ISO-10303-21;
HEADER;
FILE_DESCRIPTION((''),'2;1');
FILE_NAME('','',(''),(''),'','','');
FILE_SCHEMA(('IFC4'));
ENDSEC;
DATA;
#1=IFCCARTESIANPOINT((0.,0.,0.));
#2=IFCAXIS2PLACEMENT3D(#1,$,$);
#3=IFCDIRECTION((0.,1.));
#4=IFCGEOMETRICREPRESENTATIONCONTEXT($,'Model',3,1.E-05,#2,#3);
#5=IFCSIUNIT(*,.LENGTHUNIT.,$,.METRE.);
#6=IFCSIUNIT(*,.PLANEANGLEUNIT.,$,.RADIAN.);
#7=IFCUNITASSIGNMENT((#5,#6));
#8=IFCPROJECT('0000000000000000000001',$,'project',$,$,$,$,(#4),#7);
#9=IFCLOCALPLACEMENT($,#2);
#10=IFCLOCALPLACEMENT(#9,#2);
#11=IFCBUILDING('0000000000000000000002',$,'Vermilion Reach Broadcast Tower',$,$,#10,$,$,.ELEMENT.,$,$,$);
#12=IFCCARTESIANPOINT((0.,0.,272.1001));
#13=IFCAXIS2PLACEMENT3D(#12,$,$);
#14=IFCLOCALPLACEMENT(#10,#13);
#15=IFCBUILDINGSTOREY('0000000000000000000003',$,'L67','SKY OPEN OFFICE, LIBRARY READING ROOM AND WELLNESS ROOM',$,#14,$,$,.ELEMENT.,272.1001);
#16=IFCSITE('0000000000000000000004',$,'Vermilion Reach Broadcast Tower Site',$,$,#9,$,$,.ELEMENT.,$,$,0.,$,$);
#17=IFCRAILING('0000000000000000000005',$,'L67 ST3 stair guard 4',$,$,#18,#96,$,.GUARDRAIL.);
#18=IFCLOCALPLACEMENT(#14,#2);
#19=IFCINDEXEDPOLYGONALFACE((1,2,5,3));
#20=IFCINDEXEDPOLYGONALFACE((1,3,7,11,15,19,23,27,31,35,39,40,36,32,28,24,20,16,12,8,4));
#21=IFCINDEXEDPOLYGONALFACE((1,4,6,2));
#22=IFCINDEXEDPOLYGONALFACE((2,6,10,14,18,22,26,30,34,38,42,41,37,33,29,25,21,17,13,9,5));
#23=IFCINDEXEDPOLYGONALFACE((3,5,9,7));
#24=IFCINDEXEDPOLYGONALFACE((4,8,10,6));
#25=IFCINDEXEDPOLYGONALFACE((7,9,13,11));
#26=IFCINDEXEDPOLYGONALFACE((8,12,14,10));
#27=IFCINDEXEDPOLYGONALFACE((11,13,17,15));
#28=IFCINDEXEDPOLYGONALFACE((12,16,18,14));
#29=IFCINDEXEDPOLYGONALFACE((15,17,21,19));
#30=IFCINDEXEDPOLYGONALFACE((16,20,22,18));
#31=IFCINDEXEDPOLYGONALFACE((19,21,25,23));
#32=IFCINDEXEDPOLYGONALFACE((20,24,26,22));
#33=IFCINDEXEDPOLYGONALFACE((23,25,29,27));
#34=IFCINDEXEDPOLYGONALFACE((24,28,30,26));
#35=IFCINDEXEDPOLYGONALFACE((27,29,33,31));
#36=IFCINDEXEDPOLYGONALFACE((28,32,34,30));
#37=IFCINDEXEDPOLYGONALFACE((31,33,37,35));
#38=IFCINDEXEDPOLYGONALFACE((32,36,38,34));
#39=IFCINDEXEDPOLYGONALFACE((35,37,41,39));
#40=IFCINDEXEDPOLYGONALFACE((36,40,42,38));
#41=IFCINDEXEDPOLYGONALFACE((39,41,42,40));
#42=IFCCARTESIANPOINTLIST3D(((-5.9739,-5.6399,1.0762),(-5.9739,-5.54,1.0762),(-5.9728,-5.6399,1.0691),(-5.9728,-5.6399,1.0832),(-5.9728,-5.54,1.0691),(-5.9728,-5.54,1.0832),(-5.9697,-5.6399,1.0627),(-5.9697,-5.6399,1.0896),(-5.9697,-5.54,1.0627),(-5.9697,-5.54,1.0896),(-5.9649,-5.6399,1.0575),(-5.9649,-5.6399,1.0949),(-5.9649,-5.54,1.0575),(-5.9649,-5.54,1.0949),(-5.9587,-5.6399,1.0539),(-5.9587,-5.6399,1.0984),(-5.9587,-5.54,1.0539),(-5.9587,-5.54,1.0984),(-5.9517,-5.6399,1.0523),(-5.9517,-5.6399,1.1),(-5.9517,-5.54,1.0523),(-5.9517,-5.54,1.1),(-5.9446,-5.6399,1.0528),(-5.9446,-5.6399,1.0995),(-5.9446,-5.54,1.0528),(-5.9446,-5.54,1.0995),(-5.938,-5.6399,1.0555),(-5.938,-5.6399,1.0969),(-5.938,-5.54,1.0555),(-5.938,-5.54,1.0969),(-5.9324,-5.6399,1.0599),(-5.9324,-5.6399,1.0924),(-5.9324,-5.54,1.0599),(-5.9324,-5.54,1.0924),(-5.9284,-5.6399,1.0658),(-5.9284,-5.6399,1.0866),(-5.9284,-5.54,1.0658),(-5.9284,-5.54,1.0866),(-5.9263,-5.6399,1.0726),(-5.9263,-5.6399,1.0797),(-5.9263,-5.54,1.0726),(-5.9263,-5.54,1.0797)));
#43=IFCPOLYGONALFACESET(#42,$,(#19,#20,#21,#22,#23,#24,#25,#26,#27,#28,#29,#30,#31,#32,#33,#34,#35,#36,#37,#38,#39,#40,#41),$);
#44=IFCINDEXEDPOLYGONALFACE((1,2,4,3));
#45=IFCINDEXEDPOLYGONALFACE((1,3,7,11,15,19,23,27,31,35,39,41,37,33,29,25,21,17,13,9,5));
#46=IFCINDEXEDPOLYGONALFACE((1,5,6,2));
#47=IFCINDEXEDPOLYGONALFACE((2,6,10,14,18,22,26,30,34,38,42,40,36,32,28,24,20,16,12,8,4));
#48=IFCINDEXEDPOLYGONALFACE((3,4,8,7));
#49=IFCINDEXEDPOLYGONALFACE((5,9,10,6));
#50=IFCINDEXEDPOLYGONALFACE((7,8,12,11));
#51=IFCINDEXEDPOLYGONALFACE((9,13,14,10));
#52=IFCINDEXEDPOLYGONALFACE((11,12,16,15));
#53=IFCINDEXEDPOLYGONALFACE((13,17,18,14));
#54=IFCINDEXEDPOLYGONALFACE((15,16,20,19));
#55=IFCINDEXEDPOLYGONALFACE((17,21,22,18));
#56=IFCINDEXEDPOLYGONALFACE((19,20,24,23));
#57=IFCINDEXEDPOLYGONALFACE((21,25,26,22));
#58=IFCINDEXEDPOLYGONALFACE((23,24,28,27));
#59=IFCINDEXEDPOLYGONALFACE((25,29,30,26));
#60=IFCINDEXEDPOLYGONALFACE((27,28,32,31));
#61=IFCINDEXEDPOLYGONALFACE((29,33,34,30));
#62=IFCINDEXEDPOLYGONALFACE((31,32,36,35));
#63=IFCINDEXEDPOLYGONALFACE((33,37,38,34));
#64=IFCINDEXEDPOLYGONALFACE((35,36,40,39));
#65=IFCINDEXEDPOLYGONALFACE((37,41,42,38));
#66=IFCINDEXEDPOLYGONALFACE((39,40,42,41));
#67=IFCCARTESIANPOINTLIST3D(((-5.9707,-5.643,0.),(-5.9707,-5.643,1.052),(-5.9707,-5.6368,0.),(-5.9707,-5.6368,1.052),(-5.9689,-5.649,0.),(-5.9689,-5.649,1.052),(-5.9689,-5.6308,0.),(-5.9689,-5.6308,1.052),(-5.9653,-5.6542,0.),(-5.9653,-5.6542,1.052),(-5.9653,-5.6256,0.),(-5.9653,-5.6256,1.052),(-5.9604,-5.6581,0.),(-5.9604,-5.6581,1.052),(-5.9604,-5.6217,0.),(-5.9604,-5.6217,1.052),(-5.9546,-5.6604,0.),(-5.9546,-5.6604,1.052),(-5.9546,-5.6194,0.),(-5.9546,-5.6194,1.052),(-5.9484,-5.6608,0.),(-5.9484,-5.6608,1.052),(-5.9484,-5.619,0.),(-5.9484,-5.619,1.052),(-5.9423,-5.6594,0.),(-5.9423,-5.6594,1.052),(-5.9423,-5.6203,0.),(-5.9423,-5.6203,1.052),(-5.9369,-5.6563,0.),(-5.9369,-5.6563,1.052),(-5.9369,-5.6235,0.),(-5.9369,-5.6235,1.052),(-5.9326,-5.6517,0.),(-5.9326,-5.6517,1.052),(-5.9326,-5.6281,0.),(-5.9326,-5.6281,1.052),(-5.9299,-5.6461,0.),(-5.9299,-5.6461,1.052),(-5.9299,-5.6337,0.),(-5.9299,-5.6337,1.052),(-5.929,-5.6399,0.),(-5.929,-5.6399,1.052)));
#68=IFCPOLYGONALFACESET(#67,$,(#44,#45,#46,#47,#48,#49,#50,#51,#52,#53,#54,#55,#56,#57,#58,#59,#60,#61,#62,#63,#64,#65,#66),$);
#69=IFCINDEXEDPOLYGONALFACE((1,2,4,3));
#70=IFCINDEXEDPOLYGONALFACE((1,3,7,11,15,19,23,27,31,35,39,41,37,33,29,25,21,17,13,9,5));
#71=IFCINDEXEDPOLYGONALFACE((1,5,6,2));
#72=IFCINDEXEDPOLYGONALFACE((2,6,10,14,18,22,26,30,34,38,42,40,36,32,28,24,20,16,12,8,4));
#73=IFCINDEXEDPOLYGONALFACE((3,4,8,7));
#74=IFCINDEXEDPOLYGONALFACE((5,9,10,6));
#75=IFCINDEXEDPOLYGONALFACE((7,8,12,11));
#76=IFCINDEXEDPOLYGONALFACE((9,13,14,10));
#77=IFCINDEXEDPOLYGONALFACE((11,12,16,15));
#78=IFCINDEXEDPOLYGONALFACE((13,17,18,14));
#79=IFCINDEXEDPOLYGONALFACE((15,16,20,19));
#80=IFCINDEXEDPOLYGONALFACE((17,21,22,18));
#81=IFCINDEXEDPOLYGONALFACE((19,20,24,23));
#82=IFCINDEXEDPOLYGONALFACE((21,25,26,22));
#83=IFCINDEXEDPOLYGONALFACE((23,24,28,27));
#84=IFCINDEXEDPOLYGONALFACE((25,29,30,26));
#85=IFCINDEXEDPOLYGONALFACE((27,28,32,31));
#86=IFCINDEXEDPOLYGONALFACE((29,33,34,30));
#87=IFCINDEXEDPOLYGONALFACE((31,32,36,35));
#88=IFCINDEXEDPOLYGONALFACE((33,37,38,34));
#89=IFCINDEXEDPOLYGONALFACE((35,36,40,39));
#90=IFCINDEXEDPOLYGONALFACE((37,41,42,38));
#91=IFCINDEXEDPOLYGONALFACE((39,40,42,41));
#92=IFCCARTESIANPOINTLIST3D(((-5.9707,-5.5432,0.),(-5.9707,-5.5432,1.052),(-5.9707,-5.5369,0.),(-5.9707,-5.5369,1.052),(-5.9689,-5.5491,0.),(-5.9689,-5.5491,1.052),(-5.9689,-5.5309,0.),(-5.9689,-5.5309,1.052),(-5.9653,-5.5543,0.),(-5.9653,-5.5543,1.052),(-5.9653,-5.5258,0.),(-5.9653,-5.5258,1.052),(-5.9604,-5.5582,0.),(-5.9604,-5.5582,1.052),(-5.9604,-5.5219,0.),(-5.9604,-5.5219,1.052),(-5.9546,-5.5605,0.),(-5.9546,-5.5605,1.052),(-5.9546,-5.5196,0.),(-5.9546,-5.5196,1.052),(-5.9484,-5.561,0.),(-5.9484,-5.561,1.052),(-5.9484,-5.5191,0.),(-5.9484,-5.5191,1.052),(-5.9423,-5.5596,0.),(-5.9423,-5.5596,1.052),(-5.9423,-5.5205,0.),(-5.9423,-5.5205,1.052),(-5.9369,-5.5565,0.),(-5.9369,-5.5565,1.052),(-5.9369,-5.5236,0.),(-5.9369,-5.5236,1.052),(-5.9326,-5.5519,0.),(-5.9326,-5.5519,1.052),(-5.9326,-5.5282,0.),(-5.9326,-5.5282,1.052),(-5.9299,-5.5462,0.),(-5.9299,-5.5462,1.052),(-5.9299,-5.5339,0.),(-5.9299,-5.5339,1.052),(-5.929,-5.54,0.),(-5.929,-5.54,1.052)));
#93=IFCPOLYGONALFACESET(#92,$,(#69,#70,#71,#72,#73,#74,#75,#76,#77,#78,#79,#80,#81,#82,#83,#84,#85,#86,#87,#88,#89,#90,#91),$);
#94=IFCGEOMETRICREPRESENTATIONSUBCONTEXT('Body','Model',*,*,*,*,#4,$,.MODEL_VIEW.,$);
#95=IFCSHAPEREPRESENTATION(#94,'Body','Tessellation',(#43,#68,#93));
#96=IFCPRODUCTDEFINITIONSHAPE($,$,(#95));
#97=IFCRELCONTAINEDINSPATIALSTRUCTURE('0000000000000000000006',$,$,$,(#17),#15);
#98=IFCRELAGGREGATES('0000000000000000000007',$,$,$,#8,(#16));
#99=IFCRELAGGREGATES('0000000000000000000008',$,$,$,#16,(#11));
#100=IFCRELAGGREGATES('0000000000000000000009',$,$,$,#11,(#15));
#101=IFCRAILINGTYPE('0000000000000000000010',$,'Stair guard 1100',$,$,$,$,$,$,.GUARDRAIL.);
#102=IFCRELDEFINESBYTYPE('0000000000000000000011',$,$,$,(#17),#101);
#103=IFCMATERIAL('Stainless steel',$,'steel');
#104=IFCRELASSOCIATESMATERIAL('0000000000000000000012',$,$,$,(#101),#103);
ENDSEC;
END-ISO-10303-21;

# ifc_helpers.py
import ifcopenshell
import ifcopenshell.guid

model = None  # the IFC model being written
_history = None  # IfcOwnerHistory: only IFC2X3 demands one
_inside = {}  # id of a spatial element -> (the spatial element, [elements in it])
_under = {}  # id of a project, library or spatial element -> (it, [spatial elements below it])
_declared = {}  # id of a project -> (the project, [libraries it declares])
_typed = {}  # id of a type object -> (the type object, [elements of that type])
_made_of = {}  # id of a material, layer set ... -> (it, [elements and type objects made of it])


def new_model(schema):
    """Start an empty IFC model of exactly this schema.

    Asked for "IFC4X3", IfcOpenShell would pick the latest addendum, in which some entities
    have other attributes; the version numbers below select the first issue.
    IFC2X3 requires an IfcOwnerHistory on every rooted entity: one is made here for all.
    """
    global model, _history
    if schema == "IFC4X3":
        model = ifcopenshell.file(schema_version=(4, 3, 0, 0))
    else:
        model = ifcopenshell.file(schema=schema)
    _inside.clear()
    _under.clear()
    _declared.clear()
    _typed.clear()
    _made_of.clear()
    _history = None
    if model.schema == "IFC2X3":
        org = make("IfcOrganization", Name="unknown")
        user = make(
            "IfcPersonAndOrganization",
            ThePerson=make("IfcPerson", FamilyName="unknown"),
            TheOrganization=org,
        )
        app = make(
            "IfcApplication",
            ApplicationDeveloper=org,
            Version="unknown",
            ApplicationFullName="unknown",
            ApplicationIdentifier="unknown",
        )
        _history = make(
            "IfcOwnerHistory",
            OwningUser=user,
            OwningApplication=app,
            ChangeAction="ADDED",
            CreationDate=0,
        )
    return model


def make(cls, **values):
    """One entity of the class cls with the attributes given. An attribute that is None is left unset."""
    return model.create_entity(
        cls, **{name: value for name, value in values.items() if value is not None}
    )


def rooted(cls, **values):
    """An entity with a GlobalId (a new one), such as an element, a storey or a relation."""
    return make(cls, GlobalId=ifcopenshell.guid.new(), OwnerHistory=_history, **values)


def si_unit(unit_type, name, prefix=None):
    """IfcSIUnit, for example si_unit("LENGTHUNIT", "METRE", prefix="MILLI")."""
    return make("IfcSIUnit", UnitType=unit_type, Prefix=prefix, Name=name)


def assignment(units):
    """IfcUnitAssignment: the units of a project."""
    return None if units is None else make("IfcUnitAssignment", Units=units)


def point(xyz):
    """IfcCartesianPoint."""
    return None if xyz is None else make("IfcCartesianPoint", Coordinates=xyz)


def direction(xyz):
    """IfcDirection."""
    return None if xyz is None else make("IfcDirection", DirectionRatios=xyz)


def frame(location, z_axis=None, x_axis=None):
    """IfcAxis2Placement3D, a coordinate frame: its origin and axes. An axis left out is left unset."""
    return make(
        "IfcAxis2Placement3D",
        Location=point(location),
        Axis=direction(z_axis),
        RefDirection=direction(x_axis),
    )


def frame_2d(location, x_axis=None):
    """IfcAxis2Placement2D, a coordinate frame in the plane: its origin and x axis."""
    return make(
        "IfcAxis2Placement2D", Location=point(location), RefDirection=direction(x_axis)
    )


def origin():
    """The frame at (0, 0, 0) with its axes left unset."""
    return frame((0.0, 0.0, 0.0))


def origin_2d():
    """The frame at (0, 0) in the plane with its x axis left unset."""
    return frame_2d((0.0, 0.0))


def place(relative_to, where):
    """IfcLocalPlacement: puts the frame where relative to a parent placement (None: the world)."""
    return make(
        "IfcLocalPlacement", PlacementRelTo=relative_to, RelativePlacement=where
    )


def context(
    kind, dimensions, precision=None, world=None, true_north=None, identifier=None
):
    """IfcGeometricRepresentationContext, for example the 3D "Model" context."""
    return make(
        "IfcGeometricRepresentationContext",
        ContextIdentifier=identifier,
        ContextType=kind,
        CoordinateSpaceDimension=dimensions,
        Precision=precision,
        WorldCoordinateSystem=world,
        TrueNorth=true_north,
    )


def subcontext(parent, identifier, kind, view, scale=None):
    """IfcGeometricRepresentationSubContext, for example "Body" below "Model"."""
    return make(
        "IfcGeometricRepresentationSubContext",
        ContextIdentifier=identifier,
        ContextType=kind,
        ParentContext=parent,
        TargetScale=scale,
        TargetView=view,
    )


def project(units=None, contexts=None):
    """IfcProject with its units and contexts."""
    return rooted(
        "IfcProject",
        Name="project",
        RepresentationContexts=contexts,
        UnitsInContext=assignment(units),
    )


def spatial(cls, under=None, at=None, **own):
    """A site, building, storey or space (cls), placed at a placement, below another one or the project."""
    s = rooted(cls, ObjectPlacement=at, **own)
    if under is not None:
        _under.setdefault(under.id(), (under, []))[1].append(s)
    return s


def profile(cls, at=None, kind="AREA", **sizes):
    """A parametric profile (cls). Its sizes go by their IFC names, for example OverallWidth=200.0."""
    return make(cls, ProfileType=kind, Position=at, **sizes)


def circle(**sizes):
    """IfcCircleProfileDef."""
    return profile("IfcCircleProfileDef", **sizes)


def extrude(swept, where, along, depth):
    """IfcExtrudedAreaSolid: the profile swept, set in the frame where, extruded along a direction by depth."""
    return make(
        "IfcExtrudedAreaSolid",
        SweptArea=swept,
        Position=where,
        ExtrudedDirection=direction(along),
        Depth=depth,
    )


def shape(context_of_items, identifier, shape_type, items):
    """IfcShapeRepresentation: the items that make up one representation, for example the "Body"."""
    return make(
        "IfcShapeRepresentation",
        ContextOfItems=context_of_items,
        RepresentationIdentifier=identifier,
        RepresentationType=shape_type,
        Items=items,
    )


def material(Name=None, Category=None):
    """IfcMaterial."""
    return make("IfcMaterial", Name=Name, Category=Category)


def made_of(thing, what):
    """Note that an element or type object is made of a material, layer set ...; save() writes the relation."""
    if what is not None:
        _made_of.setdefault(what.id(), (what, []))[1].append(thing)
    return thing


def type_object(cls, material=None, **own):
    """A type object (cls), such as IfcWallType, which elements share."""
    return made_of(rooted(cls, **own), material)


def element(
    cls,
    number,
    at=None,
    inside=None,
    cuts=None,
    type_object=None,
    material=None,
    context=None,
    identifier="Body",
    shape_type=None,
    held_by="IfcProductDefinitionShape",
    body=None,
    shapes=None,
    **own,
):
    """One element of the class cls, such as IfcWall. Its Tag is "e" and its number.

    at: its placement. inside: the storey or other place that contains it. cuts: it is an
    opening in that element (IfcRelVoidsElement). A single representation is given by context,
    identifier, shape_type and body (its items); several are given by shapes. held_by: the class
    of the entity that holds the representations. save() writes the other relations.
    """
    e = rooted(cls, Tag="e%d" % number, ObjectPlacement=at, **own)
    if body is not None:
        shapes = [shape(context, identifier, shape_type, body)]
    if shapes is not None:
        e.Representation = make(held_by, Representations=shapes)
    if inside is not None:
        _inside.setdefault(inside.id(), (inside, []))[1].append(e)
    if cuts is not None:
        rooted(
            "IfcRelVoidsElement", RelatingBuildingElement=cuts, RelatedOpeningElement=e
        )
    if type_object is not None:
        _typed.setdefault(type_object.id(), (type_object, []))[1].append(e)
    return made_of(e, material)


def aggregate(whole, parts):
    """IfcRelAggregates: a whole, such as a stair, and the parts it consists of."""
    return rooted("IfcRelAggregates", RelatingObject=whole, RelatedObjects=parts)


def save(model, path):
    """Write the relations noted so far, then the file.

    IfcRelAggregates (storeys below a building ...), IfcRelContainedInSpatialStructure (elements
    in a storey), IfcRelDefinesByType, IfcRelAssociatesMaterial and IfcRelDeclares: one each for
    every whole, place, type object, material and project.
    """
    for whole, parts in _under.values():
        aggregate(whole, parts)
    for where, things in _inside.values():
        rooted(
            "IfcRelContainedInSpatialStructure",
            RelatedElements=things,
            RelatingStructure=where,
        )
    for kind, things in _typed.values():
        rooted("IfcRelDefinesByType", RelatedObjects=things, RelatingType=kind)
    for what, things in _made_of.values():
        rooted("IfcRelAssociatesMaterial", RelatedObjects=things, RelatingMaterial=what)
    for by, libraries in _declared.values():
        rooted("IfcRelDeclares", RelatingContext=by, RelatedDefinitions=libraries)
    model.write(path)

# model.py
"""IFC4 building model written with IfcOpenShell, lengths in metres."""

from ifc_helpers import new_model, si_unit, direction, frame, origin, origin_2d, place, context, subcontext, project, spatial, circle, extrude, material, type_object, element, save


model = new_model("IFC4")

# Units and contexts
model_context = context("Model", 3, precision=1e-05, world=origin(), true_north=direction((0.0, 1.0)))
body_context = subcontext(model_context, "Body", "Model", "MODEL_VIEW")
ifc_project = project(units=[si_unit("LENGTHUNIT", "METRE"), si_unit("PLANEANGLEUNIT", "RADIAN")], contexts=[model_context])

# Site, building, storey
site_placement = place(None, origin())
site = spatial("IfcSite", under=ifc_project, at=site_placement, Name="Vermilion Reach Broadcast Tower Site", CompositionType="ELEMENT", RefElevation=0.0)
building_placement = place(site_placement, origin())
building = spatial("IfcBuilding", under=site, at=building_placement, Name="Vermilion Reach Broadcast Tower", CompositionType="ELEMENT")
storey_placement = place(building_placement, frame((0.0, 0.0, 272.1001)))
storey = spatial("IfcBuildingStorey", under=building, at=storey_placement, Name="L67", Description="SKY OPEN OFFICE, LIBRARY READING ROOM AND WELLNESS ROOM", CompositionType="ELEMENT", Elevation=272.1001)

# Railing
ifc_material_1 = material(Name="Stainless steel", Category="steel")
railing_type_1 = type_object("IfcRailingType", Name="Stair guard 1100", PredefinedType="GUARDRAIL", material=ifc_material_1)
railing_1_placement = place(storey_placement, frame((-5.95, -5.6399, 0.0)))
element("IfcRailing", 1, at=railing_1_placement, inside=storey, type_object=railing_type_1, Name="L67 ST3 stair guard 4", PredefinedType="GUARDRAIL", context=body_context, shape_type="SweptSolid", body=[
    extrude(circle(Radius=0.0239, at=origin_2d()), frame((0.0, 0.0, 1.0762), z_axis=(0.0, 1.0, 0.0), x_axis=(-1.0, 0.0, 0.0)), (0.0, 0.0, 1.0), 0.0999),
    extrude(circle(Radius=0.021, at=origin_2d()), origin(), (0.0, 0.0, 1.0), 1.052),
    extrude(circle(Radius=0.021, at=origin_2d()), frame((0.0, 0.0999, 0.0)), (0.0, 0.0, 1.0), 1.052),
])

save(model, "model.ifc")
